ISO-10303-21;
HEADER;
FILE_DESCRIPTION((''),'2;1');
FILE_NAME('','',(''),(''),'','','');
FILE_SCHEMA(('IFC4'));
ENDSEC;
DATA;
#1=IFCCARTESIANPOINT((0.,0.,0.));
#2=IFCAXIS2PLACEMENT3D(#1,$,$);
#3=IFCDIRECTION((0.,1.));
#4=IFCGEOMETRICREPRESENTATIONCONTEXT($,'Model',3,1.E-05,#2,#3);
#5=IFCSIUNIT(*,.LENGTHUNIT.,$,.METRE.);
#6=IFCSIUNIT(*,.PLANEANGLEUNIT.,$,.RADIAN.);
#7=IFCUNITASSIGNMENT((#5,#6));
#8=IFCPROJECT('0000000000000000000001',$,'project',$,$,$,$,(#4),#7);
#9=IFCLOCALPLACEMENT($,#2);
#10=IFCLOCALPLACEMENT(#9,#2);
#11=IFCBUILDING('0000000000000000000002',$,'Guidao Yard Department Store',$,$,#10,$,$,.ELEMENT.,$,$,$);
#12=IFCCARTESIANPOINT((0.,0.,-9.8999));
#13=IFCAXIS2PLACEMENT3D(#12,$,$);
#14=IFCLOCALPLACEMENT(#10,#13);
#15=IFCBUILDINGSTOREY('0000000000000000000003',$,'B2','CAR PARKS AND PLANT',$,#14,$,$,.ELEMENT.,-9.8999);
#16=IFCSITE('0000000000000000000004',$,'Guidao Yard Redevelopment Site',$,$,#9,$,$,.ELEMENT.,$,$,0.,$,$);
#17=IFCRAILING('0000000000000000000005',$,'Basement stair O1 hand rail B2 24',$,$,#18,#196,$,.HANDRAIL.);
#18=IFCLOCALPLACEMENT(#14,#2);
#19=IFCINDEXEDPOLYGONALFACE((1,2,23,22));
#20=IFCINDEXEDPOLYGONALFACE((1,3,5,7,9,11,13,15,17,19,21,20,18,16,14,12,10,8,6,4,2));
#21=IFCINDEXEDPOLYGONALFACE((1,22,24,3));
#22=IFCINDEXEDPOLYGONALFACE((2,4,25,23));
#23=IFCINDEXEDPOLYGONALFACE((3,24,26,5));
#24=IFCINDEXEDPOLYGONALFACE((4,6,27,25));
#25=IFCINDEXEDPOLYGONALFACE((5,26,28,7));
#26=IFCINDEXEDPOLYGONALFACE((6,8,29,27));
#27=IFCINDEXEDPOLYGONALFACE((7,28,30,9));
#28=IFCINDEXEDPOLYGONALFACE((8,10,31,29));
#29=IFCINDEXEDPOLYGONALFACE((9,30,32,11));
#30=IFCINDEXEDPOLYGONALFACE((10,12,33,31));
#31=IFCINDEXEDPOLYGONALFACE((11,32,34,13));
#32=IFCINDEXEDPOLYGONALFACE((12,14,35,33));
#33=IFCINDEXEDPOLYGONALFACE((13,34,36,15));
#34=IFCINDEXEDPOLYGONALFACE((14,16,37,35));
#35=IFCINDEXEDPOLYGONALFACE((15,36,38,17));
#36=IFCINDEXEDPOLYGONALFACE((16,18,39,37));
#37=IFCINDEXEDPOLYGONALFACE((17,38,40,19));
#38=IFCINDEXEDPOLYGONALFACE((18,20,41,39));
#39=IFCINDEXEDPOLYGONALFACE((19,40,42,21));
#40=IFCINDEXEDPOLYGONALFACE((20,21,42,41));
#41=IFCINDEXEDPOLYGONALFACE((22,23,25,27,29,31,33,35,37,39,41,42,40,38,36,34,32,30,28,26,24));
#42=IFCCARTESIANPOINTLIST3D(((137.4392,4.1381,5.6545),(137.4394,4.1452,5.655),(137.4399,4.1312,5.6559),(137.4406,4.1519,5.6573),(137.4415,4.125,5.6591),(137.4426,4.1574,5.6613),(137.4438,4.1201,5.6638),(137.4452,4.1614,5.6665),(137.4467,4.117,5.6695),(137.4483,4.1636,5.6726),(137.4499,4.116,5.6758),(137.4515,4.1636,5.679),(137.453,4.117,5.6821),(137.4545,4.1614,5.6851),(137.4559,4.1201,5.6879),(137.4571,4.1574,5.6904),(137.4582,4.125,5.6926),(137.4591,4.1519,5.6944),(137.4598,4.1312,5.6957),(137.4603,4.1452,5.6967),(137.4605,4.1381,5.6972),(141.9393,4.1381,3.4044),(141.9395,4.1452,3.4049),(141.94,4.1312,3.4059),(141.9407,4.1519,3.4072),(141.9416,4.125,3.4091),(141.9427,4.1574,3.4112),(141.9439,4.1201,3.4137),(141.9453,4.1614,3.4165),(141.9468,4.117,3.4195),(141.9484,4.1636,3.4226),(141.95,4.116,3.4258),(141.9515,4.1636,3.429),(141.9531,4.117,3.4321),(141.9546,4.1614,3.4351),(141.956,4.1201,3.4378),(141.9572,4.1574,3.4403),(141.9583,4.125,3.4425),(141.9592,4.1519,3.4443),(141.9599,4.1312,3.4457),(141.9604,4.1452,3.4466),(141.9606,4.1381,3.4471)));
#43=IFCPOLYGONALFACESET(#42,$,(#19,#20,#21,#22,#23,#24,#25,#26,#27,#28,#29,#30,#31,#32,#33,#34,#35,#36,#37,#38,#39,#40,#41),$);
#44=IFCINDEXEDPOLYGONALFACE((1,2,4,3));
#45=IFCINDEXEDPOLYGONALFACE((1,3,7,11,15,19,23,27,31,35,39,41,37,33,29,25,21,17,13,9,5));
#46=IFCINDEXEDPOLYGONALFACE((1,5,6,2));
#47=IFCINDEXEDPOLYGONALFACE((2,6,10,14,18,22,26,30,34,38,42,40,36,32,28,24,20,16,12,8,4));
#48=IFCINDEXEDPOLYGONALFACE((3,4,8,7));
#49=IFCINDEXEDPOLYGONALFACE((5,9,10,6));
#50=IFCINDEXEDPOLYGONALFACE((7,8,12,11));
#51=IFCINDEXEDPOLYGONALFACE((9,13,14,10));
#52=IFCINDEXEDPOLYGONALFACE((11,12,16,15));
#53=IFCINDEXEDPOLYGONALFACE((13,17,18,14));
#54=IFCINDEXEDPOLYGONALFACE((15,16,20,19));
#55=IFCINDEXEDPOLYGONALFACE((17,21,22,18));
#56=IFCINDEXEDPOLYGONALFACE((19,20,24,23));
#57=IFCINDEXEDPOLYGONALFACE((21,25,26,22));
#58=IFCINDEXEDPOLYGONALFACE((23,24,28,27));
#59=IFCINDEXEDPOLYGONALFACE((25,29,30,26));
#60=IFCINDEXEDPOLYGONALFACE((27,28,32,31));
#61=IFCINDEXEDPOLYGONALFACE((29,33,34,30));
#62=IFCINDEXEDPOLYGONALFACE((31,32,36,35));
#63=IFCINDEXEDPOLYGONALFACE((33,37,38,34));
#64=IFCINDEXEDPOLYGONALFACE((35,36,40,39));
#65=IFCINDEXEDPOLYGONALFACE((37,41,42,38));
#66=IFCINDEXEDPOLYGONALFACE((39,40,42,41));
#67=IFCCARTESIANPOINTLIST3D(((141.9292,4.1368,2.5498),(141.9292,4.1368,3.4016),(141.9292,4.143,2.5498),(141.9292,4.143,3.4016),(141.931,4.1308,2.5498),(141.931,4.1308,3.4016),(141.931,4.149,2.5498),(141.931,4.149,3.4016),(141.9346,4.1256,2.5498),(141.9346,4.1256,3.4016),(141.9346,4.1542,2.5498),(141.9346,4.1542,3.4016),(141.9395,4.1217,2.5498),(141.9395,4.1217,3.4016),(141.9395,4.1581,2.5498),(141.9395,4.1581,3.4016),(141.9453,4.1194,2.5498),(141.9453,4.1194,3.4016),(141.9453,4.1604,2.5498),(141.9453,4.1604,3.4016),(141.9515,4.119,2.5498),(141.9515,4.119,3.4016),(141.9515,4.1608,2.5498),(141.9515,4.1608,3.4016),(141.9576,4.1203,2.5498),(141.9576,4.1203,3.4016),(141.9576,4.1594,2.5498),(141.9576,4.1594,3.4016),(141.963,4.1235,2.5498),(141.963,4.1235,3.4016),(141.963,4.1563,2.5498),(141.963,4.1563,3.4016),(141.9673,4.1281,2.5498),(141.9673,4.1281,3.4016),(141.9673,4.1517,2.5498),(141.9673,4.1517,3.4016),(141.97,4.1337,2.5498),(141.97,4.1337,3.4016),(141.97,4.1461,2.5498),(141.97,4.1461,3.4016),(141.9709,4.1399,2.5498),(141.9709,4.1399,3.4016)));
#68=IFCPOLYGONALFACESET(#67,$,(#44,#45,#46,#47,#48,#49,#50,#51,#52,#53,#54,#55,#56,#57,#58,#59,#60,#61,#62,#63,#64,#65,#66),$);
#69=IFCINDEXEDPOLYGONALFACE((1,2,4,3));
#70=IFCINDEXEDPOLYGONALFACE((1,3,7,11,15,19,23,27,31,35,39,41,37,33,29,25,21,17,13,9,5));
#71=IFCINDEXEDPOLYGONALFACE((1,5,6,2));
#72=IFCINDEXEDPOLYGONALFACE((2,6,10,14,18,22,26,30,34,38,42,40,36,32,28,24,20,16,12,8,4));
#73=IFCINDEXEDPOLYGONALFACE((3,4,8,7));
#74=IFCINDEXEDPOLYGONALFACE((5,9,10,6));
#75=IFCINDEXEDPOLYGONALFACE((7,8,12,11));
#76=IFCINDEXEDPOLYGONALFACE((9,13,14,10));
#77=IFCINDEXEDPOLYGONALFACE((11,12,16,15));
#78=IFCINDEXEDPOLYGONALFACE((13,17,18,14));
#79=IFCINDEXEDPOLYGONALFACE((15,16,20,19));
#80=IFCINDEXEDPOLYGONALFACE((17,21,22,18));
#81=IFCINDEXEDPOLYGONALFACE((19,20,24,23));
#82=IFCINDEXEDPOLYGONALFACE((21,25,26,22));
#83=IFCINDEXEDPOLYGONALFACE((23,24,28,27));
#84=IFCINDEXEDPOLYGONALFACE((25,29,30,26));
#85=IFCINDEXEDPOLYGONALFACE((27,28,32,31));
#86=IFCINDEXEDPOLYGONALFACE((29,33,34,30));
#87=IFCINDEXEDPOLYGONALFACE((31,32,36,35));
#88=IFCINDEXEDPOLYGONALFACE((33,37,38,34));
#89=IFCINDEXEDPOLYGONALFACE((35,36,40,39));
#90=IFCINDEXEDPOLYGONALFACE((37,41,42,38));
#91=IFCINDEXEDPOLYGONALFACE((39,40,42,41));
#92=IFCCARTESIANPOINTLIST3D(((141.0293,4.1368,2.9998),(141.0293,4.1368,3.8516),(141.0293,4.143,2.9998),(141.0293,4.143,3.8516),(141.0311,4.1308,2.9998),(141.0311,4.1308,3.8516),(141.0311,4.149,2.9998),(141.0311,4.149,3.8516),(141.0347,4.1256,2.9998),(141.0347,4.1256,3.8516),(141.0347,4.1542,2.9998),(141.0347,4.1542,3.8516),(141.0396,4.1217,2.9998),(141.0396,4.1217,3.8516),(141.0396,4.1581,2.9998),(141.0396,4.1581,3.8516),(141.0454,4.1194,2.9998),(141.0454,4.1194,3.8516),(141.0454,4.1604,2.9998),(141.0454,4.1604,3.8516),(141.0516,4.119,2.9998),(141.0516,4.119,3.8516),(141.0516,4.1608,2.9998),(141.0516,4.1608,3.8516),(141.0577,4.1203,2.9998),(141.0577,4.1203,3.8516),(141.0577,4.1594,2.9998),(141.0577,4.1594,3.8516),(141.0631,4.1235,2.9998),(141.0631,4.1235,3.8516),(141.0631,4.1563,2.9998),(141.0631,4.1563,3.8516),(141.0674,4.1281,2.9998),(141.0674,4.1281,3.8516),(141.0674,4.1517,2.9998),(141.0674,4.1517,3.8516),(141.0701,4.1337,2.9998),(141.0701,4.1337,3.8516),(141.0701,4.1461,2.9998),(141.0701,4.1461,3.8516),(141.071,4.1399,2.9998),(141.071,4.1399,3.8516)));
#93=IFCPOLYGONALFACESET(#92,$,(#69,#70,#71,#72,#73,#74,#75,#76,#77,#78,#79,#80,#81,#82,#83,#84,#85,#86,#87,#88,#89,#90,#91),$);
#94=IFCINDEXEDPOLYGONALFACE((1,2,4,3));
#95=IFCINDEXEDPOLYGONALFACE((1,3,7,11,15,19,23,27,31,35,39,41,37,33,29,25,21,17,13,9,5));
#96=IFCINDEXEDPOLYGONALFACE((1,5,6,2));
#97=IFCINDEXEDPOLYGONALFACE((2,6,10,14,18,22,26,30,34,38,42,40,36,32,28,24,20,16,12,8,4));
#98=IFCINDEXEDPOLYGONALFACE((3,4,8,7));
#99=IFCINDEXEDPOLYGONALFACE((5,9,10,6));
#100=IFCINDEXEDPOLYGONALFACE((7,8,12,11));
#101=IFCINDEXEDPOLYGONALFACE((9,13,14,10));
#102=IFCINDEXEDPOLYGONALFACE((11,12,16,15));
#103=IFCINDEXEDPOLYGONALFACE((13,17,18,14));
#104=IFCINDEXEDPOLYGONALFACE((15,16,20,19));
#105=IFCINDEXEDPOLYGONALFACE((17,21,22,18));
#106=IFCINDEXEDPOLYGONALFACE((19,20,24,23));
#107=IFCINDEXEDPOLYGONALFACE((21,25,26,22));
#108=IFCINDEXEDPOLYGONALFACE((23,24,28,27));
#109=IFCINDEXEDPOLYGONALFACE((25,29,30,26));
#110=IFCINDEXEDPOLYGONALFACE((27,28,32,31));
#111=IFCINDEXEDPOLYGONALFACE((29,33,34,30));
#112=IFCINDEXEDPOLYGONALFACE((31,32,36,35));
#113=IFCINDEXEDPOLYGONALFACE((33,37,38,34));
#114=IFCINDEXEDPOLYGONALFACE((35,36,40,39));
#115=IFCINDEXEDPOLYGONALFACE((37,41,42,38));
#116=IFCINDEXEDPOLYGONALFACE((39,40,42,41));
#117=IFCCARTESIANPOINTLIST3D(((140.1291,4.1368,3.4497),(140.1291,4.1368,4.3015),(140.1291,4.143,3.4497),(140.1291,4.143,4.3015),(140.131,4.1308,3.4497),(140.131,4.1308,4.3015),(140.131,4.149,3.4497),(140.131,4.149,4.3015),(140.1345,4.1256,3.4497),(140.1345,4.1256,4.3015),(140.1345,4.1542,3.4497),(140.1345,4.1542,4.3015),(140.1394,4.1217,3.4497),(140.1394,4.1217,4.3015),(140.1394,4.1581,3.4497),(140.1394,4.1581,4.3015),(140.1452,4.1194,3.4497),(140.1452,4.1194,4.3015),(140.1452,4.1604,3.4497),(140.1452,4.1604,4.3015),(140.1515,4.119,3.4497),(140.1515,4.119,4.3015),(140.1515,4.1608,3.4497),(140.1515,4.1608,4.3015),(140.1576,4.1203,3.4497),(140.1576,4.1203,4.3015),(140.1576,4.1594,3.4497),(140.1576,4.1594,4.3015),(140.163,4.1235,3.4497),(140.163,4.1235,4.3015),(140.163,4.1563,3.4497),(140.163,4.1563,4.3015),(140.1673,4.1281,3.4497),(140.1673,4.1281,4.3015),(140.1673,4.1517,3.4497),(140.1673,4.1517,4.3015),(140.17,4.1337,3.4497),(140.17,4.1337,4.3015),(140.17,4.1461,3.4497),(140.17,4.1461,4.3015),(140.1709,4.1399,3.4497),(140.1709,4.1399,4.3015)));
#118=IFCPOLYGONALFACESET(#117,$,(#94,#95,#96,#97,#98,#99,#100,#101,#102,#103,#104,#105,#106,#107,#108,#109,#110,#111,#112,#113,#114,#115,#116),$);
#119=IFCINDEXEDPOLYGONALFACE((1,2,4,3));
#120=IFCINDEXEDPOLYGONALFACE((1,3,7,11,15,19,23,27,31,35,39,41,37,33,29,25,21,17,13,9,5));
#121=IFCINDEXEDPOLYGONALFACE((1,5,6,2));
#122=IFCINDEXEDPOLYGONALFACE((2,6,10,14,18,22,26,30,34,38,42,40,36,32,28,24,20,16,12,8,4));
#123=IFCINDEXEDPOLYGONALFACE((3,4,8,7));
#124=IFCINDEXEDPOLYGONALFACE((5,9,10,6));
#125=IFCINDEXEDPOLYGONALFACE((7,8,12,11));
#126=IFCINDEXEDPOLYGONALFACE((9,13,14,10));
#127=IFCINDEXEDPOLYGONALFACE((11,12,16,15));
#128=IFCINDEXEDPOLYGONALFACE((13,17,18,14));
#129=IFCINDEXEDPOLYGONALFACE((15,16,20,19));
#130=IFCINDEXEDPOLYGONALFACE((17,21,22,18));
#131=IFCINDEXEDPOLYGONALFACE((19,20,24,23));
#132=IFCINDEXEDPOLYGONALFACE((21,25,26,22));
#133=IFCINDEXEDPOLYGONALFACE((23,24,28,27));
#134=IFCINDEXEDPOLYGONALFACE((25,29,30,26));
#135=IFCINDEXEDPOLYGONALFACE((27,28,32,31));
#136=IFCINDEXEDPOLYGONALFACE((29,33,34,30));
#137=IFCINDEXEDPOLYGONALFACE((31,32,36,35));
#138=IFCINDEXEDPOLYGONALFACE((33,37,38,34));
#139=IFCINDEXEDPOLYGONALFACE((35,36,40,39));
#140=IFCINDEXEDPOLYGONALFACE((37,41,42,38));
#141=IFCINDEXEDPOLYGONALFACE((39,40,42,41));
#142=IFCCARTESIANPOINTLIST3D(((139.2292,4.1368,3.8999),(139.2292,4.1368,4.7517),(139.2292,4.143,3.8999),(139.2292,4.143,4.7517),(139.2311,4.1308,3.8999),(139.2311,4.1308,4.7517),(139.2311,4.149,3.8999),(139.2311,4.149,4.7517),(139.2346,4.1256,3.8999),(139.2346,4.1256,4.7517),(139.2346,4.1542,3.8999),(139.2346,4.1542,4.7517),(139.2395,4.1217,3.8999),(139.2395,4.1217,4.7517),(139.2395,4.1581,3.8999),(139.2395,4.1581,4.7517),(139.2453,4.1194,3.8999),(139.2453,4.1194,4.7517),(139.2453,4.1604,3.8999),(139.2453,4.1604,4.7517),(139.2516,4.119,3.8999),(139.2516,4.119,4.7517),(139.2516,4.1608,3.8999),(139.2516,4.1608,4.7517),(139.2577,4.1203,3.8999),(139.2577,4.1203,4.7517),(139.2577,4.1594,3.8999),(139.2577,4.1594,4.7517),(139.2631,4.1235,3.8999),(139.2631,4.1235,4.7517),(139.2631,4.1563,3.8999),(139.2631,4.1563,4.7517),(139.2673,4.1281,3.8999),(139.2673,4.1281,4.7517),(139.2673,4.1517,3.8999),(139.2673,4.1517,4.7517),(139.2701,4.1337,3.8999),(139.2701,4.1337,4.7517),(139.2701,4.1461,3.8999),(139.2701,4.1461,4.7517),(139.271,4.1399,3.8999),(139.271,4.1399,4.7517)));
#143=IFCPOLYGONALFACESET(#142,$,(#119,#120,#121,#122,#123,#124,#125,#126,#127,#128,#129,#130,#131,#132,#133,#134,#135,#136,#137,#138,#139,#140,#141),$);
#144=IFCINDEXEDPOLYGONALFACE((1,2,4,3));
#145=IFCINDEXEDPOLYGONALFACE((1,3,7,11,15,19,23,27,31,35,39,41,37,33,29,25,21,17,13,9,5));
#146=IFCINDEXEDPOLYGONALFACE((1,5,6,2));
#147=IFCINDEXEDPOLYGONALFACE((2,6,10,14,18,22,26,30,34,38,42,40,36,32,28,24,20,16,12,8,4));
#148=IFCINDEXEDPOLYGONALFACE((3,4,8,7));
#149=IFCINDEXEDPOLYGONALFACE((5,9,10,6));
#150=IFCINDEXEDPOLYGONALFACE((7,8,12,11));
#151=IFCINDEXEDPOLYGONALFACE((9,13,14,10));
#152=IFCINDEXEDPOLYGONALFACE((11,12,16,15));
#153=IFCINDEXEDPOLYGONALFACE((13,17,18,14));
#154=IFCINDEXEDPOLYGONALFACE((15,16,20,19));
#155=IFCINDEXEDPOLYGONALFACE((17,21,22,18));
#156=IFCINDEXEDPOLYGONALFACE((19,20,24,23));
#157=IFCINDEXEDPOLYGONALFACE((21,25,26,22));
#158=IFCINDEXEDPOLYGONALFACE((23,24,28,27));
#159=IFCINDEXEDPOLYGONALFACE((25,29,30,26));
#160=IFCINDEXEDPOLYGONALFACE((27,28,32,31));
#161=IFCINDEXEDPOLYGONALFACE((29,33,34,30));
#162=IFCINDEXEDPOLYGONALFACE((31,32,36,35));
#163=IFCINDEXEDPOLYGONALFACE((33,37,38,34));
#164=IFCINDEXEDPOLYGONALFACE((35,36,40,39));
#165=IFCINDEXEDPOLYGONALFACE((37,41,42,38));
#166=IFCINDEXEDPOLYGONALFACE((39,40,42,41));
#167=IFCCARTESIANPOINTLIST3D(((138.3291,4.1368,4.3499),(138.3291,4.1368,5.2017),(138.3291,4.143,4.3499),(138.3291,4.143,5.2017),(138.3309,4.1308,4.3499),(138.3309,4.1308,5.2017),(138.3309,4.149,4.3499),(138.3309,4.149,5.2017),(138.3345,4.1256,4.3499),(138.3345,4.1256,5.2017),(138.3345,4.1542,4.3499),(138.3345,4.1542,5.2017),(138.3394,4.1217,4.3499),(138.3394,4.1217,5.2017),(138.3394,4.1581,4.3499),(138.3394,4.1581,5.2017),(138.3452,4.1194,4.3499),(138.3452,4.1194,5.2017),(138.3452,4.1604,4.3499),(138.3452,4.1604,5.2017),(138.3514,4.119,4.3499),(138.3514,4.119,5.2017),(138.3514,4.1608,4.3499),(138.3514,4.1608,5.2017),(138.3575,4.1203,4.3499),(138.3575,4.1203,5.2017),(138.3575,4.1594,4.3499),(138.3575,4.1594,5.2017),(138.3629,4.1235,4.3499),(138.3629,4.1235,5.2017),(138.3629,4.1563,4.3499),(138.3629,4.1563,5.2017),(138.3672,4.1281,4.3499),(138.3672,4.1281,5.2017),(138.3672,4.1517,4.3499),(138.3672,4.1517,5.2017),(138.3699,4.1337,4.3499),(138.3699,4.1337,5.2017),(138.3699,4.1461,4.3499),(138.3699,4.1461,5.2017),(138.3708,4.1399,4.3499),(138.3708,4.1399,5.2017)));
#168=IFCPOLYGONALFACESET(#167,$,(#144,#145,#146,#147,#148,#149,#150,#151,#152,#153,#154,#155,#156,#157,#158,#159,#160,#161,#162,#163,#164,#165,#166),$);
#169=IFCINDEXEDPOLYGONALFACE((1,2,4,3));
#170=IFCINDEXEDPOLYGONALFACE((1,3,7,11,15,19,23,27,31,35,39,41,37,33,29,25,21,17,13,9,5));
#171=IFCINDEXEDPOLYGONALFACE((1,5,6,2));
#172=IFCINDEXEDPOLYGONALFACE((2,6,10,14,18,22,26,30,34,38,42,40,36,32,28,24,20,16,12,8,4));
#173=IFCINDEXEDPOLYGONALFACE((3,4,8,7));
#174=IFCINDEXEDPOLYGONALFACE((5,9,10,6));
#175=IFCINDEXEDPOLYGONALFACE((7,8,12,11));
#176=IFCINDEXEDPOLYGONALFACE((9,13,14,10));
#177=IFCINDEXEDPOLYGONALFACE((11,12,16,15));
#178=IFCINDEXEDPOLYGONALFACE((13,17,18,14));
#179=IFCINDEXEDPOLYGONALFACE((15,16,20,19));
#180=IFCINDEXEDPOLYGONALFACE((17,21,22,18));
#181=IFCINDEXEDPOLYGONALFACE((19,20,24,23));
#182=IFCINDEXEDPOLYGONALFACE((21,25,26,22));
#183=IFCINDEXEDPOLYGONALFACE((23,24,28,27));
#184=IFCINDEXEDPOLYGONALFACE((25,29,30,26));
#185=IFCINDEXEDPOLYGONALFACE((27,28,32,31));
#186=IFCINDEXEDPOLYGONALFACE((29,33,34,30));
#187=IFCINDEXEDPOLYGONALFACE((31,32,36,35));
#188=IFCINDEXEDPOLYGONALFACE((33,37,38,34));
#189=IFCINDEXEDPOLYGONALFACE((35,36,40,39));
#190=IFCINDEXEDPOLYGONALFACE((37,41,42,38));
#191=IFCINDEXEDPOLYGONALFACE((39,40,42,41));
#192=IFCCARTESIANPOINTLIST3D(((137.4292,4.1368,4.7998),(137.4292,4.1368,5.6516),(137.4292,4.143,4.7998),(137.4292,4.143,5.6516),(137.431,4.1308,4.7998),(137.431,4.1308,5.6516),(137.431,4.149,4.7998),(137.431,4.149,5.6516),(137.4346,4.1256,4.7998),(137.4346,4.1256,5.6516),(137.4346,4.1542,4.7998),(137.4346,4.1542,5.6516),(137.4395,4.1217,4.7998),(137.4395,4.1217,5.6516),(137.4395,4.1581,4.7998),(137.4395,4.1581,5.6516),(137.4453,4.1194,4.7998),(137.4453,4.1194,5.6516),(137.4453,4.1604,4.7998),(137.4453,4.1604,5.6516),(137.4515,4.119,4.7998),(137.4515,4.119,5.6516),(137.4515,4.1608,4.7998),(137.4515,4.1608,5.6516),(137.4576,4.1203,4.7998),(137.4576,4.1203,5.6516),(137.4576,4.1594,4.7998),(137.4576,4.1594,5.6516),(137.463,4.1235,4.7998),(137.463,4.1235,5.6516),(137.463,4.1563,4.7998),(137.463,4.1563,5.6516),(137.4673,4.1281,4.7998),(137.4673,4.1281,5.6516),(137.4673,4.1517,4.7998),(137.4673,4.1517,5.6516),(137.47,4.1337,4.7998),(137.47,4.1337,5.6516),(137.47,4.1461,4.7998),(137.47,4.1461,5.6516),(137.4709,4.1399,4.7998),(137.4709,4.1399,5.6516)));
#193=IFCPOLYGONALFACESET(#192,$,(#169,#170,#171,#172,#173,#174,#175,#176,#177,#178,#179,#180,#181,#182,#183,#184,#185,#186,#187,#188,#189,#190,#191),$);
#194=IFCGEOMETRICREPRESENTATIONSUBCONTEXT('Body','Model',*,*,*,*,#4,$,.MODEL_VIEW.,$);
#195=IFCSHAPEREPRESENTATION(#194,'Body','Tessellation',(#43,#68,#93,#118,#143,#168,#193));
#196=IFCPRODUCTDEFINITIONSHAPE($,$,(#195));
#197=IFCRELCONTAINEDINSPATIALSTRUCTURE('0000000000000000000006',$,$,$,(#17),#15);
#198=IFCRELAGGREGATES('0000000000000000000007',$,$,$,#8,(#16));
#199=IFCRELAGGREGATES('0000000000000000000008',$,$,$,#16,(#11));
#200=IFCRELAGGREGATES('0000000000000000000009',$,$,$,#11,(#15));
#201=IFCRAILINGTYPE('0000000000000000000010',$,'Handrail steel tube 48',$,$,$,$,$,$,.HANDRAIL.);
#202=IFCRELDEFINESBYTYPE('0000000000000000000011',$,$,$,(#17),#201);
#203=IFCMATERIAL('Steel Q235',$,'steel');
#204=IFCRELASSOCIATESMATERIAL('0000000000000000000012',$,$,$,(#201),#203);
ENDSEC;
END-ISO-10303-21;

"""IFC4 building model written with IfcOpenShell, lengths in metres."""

from ifc_helpers import new_model, si_unit, direction, frame, origin, origin_2d, place, context, subcontext, project, spatial, circle, extrude, material, type_object, element, save


model = new_model("IFC4")

# Units and contexts
model_context = context("Model", 3, precision=1e-05, world=origin(), true_north=direction((0.0, 1.0)))
body_context = subcontext(model_context, "Body", "Model", "MODEL_VIEW")
ifc_project = project(units=[si_unit("LENGTHUNIT", "METRE"), si_unit("PLANEANGLEUNIT", "RADIAN")], contexts=[model_context])

# Site, building, storey
site_placement = place(None, origin())
site = spatial("IfcSite", under=ifc_project, at=site_placement, Name="Guidao Yard Redevelopment Site", CompositionType="ELEMENT", RefElevation=0.0)
building_placement = place(site_placement, origin())
building = spatial("IfcBuilding", under=site, at=building_placement, Name="Guidao Yard Department Store", CompositionType="ELEMENT")
storey_placement = place(building_placement, frame((0.0, 0.0, -9.8999)))
storey = spatial("IfcBuildingStorey", under=building, at=storey_placement, Name="B2", Description="CAR PARKS AND PLANT", CompositionType="ELEMENT", Elevation=-9.8999)

# Railing
ifc_material_1 = material(Name="Steel Q235", Category="steel")
railing_type_1 = type_object("IfcRailingType", Name="Handrail steel tube 48", PredefinedType="HANDRAIL", material=ifc_material_1)
for number, where, name in (
    (1, (141.95, 4.1399, 2.5498), "Basement stair O1 hand rail B2 24"),
):
    element("IfcRailing", number, at=place(storey_placement, frame(where)), inside=storey, type_object=railing_type_1, Name=name, PredefinedType="HANDRAIL", context=body_context, shape_type="SweptSolid", body=[
        extrude(circle(Radius=0.0239, at=origin_2d()), frame((0.0, 0.0, 0.876), z_axis=(-0.894427, 0.0, 0.447214), x_axis=(0.0, -1.0, 0.0)), (0.0, 0.0, 1.0), 5.0312),
        extrude(circle(Radius=0.021, at=origin_2d()), origin(), (0.0, 0.0, 1.0), 0.8518),
        extrude(circle(Radius=0.021, at=origin_2d()), frame((-0.8999, 0.0, 0.45)), (0.0, 0.0, 1.0), 0.8518),
        extrude(circle(Radius=0.021, at=origin_2d()), frame((-1.8, 0.0, 0.8999)), (0.0, 0.0, 1.0), 0.8518),
        extrude(circle(Radius=0.021, at=origin_2d()), frame((-2.7, 0.0, 1.3501)), (0.0, 0.0, 1.0), 0.8518),
        extrude(circle(Radius=0.021, at=origin_2d()), frame((-3.6001, 0.0, 1.8)), (0.0, 0.0, 1.0), 0.8518),
        extrude(circle(Radius=0.021, at=origin_2d()), frame((-4.5, 0.0, 2.25)), (0.0, 0.0, 1.0), 0.8518),
    ])

save(model, "model.ifc")
